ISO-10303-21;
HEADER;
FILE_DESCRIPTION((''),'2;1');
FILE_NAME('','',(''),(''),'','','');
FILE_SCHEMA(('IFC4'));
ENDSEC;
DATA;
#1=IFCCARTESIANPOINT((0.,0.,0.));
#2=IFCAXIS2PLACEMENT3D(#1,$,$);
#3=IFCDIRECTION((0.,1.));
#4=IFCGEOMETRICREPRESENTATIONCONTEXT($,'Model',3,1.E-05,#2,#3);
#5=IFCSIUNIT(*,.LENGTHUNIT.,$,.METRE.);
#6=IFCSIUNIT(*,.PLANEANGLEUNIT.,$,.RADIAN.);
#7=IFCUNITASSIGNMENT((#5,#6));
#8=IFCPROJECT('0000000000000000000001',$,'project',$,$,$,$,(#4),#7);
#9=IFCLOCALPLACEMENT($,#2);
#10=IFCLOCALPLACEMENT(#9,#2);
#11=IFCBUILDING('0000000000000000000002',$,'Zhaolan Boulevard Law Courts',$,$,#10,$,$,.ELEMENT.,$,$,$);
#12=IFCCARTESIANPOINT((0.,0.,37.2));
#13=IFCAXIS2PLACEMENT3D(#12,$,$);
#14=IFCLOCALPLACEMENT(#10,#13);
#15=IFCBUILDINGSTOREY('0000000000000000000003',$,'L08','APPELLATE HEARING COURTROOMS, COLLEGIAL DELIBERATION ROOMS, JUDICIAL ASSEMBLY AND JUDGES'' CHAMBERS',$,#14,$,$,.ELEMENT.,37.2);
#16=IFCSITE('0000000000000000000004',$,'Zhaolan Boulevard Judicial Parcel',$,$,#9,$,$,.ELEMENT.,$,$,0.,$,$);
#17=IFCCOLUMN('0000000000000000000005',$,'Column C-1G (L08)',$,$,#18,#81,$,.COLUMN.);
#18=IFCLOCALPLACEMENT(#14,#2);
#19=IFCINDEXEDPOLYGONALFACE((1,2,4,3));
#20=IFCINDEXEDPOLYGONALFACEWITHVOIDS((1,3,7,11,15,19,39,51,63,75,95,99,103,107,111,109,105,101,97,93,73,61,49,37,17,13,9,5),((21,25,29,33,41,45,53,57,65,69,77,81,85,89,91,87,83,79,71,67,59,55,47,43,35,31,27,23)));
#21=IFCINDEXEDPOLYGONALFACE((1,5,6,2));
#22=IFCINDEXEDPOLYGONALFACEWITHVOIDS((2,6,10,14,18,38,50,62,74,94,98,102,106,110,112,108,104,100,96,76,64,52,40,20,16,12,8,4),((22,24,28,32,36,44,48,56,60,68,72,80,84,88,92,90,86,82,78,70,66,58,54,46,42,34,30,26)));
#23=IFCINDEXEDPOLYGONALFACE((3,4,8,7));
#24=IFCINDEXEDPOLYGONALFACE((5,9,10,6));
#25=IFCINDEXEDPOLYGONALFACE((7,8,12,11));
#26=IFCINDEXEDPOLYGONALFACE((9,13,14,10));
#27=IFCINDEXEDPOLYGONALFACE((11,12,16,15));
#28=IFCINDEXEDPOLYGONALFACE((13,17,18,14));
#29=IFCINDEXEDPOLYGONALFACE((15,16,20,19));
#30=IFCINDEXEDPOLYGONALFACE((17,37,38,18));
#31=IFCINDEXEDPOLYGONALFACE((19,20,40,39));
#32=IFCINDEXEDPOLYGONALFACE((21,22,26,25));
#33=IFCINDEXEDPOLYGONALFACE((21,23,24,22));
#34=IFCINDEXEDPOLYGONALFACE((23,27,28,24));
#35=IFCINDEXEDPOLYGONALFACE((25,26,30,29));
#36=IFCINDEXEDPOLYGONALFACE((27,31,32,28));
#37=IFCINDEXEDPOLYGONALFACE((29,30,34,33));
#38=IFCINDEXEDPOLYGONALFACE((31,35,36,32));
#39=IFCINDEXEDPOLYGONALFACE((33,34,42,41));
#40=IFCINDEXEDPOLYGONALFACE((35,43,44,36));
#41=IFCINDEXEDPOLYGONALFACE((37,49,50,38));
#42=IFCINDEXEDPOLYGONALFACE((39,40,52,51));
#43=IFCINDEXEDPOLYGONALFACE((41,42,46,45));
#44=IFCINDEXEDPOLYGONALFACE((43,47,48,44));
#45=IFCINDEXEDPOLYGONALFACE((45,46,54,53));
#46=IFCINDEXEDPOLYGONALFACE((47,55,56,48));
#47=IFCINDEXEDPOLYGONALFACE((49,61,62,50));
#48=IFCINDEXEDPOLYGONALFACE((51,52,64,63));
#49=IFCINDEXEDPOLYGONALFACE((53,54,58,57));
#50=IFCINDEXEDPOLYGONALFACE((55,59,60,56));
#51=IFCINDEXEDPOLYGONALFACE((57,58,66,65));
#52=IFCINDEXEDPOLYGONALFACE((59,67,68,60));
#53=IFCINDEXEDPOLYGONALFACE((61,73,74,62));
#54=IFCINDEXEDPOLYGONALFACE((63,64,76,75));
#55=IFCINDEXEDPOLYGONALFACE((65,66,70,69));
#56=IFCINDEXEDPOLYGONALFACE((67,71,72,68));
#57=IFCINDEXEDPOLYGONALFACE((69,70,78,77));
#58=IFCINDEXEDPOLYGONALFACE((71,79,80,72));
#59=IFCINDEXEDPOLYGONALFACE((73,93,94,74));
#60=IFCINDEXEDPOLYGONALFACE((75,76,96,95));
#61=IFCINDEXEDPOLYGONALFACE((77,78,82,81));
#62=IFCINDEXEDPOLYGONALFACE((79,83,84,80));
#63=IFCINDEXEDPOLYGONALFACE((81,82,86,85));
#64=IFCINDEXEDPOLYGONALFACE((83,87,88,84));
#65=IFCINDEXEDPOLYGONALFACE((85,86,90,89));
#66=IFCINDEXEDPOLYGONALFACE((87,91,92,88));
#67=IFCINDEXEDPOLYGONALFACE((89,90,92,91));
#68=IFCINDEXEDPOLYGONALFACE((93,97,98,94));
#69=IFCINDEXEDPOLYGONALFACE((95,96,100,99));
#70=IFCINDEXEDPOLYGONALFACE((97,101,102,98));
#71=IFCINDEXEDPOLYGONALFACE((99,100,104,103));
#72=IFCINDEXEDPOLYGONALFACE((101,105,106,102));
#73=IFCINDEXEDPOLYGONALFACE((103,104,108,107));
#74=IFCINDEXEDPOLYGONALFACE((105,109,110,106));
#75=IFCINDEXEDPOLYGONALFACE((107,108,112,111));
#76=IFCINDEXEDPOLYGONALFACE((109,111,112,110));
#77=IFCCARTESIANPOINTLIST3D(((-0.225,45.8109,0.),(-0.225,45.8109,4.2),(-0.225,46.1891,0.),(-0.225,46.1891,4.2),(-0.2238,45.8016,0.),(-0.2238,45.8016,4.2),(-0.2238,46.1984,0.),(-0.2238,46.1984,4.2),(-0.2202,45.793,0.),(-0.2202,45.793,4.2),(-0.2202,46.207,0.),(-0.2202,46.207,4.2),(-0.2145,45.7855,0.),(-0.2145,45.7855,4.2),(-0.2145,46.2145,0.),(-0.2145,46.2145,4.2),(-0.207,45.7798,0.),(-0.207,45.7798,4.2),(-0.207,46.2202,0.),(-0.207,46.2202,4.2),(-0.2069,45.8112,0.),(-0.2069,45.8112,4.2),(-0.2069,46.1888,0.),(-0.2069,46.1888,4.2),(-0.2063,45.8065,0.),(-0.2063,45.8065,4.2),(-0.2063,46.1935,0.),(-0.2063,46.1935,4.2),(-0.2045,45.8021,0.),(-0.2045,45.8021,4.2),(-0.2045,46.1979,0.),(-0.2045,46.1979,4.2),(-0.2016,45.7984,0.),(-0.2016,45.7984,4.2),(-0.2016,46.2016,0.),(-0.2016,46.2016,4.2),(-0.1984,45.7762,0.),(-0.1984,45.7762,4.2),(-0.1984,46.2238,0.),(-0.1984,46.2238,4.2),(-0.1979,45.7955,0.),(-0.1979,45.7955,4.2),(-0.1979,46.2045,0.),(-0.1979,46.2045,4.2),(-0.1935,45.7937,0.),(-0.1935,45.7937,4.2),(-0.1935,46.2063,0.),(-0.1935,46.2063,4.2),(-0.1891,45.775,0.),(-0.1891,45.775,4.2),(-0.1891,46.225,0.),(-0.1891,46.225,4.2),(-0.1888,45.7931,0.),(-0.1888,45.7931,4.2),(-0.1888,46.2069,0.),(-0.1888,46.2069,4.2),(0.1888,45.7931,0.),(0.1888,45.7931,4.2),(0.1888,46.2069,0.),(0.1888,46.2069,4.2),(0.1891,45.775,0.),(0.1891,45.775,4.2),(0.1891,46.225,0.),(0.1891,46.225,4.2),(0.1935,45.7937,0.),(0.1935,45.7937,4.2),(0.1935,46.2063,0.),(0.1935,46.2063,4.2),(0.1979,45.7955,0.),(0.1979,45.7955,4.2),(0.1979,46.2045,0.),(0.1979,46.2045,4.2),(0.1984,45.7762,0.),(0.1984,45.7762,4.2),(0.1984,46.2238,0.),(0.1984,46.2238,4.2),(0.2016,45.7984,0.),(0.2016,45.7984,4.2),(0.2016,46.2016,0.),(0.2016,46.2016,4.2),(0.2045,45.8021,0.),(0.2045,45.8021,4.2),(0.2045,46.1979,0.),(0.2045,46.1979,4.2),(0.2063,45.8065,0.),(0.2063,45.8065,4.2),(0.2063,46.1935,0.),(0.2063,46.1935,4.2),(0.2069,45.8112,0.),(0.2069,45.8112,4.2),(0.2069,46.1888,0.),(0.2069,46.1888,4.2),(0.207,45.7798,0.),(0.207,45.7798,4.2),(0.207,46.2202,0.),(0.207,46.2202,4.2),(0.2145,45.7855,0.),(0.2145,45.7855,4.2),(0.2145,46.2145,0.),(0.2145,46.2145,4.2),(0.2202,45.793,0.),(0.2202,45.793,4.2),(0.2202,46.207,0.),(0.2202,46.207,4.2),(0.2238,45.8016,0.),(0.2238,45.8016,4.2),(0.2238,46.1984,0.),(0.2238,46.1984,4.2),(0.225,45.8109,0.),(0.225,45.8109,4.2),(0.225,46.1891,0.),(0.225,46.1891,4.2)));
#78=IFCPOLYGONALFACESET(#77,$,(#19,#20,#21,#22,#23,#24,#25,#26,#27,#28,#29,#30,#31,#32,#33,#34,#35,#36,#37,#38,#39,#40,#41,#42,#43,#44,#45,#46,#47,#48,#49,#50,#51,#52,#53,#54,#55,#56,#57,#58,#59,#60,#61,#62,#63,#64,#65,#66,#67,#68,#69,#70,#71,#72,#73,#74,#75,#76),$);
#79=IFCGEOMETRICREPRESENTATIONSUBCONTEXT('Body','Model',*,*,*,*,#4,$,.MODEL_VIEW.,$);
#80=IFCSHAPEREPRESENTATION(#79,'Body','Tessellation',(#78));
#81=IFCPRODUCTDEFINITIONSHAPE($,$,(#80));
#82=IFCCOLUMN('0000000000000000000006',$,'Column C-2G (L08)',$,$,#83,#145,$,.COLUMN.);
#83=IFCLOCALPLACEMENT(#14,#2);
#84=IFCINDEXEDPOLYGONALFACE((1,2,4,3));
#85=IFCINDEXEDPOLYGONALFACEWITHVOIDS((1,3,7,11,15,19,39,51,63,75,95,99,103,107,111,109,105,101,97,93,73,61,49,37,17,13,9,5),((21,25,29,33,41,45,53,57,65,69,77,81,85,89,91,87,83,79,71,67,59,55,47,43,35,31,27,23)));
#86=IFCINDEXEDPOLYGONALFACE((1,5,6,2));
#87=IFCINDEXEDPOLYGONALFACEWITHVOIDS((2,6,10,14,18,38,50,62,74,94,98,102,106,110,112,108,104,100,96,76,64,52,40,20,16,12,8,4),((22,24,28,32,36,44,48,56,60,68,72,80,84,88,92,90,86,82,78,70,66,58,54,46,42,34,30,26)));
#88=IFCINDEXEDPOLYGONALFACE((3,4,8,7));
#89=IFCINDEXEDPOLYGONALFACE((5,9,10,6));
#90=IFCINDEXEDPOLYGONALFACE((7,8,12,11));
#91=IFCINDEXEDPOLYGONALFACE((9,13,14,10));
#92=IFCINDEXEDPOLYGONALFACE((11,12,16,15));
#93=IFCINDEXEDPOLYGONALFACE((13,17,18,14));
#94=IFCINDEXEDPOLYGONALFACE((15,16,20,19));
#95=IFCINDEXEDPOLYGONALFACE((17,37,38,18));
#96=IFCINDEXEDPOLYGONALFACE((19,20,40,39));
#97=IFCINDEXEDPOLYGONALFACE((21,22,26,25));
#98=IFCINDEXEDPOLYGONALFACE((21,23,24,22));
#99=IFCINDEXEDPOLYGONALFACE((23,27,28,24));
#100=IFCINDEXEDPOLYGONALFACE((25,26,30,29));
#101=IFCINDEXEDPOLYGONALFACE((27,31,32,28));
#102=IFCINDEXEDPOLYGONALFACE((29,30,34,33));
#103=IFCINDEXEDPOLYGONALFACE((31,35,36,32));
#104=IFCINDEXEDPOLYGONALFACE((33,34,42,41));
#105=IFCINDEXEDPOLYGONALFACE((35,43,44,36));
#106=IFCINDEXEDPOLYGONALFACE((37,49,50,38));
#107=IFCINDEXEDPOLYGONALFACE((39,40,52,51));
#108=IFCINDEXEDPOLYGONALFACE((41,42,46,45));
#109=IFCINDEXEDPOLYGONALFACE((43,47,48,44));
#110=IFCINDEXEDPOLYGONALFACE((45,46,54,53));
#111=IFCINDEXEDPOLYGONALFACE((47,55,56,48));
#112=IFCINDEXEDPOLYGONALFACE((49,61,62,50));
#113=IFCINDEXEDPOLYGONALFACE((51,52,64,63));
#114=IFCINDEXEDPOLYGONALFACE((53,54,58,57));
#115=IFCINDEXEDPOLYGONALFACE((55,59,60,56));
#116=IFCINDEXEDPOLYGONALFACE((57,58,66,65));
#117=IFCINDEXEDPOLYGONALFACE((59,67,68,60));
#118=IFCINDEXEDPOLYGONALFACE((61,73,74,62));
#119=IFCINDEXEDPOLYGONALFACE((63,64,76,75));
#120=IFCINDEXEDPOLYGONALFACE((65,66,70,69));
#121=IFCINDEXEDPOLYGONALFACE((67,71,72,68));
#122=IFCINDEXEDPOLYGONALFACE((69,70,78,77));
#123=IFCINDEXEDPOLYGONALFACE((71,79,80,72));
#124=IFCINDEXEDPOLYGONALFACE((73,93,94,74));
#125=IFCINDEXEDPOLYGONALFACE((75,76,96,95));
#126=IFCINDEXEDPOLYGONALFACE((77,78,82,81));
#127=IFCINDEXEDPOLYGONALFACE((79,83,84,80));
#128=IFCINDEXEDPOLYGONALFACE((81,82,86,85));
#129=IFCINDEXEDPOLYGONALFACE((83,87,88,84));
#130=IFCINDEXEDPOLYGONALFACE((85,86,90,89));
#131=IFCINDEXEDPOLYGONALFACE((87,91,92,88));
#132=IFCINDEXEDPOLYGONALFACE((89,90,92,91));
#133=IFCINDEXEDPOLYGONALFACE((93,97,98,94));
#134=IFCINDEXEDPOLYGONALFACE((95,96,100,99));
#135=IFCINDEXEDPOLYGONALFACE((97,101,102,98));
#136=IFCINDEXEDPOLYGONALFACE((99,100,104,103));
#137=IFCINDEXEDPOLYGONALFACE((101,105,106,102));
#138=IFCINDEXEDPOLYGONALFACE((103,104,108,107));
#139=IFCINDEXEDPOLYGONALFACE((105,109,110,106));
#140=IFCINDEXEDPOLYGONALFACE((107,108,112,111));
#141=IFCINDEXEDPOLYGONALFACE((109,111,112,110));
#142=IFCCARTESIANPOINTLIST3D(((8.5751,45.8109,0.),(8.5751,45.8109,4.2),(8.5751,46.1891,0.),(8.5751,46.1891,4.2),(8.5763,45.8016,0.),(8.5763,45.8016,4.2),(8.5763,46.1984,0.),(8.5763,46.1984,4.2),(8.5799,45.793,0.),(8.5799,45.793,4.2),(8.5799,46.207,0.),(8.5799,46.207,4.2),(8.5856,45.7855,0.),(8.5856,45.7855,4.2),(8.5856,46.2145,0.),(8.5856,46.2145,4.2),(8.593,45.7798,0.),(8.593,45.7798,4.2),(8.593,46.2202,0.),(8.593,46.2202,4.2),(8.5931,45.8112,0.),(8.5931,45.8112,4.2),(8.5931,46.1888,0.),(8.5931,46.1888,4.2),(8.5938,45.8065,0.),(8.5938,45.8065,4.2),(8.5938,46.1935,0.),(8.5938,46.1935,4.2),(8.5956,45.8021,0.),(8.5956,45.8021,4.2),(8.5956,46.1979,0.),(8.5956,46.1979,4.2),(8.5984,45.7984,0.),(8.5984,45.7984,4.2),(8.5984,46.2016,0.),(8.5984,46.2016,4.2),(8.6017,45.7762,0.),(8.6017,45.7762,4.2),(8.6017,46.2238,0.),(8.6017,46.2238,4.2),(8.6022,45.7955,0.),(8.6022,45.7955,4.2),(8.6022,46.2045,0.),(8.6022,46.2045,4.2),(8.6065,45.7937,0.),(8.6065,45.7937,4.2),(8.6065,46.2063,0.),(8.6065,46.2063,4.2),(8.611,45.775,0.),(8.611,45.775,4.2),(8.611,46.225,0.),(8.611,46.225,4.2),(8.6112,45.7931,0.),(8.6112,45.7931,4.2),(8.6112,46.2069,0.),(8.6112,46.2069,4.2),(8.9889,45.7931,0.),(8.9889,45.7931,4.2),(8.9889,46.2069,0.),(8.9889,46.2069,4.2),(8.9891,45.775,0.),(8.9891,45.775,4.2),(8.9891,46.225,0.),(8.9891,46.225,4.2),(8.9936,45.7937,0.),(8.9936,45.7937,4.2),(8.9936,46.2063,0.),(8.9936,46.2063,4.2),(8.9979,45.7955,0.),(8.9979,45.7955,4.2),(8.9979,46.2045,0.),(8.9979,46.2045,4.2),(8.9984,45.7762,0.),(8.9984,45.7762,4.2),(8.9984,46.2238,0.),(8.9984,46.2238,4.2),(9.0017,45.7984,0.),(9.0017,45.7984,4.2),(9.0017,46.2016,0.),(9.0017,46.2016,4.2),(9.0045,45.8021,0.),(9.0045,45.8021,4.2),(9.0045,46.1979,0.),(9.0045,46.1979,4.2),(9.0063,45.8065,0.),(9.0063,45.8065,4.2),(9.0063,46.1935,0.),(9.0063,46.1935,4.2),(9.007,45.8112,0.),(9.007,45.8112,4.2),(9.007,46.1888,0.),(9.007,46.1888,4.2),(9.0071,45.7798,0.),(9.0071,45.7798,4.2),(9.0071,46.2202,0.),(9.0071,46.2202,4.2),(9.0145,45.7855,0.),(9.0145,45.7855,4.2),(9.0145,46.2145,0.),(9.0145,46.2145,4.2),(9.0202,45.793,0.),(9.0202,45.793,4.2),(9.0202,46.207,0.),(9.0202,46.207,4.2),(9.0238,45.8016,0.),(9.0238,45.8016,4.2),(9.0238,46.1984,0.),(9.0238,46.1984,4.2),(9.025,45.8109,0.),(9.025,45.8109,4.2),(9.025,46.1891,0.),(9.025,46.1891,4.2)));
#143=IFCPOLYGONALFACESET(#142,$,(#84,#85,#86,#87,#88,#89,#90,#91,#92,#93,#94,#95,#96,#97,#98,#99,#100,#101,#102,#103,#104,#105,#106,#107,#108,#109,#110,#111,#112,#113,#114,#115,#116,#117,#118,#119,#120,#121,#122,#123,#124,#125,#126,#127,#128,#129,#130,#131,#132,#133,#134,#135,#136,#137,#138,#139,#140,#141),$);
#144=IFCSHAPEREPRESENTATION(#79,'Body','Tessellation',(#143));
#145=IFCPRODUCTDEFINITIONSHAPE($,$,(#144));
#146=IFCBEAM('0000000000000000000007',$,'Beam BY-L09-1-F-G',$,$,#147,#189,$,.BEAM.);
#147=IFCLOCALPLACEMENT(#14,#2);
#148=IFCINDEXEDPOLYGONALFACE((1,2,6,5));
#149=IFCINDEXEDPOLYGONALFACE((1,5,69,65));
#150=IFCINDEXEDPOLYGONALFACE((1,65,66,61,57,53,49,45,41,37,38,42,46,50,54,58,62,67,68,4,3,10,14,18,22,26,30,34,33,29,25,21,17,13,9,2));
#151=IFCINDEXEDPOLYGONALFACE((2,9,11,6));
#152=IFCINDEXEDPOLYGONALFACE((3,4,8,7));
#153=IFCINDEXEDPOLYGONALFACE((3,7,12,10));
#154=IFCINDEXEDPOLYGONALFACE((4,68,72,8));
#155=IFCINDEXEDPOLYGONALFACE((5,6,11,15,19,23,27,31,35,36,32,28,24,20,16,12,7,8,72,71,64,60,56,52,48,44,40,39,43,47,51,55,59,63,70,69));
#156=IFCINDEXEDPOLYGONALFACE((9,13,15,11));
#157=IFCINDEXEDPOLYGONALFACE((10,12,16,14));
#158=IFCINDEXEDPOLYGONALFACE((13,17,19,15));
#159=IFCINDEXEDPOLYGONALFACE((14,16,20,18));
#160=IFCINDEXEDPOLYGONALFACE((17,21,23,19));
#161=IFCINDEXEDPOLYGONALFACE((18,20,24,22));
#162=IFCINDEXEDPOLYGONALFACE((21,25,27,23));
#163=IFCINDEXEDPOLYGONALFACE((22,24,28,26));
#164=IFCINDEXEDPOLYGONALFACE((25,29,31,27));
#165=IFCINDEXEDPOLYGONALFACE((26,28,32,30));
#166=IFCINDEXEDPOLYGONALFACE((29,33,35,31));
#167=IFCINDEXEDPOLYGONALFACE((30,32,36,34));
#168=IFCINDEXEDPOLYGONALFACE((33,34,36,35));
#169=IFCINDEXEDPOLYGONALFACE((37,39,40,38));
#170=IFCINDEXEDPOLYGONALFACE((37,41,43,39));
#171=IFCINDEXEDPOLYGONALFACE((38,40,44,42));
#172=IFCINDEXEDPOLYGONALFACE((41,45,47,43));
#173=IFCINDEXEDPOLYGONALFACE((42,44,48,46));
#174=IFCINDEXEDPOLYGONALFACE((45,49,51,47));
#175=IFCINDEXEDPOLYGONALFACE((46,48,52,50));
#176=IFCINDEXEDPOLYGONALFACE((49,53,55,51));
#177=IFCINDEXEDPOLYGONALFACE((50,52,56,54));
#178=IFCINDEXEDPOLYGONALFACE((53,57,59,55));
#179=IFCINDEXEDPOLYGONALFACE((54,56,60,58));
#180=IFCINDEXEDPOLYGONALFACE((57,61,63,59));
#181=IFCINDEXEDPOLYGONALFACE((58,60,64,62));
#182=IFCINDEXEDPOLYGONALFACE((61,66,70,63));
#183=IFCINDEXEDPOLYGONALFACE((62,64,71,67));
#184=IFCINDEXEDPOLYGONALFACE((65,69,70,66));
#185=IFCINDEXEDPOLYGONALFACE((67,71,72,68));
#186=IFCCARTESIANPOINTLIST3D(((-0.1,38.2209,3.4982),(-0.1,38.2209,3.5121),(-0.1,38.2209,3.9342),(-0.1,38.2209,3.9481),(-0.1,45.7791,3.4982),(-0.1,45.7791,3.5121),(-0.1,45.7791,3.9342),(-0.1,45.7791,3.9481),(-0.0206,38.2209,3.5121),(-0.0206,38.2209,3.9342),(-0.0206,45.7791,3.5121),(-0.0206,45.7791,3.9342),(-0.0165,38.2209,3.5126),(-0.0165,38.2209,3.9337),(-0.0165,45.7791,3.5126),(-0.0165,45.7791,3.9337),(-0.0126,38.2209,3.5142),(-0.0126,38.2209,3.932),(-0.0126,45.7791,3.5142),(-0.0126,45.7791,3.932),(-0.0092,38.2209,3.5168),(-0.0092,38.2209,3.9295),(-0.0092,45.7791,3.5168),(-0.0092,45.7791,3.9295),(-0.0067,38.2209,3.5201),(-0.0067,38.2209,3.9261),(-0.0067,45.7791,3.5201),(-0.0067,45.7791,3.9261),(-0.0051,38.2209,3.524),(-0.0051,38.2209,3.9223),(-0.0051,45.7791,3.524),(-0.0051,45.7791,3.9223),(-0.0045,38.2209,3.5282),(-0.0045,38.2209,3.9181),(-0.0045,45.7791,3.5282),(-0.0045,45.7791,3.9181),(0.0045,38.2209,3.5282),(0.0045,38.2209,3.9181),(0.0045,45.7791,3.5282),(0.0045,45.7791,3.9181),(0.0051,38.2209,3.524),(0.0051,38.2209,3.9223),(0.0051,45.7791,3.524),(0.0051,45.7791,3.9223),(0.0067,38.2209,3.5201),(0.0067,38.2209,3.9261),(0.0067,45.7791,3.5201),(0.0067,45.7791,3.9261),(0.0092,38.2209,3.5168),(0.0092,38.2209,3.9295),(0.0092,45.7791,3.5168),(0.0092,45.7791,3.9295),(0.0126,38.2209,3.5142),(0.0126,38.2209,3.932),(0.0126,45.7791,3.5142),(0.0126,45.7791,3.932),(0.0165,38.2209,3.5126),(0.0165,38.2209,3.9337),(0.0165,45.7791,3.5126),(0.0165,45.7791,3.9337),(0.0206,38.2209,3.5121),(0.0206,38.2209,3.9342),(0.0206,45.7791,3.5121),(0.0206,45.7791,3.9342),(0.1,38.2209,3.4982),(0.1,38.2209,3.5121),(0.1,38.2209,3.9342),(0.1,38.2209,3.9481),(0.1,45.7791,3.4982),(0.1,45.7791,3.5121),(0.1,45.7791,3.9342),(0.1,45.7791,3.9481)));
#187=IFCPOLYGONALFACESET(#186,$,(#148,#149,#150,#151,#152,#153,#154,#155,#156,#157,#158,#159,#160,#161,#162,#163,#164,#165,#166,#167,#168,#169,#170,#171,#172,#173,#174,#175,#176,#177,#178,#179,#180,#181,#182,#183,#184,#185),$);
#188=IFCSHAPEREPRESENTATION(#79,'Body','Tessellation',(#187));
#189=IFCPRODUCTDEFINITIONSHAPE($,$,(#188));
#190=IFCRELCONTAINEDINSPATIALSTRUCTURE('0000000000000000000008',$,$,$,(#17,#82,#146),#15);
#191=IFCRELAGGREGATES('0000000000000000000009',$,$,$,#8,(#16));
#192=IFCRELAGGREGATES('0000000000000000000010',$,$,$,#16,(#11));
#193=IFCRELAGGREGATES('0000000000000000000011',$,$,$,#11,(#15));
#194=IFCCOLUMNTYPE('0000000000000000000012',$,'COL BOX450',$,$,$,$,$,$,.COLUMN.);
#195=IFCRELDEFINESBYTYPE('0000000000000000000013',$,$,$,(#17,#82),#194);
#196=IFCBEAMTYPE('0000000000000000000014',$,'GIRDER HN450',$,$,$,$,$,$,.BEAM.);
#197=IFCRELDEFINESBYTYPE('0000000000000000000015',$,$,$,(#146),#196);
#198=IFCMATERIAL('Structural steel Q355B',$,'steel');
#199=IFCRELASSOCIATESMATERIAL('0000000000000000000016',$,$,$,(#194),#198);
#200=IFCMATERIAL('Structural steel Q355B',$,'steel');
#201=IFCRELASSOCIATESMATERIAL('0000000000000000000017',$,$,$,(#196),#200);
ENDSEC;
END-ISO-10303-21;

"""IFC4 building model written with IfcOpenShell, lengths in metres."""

from ifc_helpers import new_model, si_unit, direction, frame, origin, origin_2d, place, context, subcontext, project, spatial, hollow_rectangle, i_section, extrude, material, material_profile, profile_set, type_object, element, save


model = new_model("IFC4")

# Units and contexts
model_context = context("Model", 3, precision=1e-05, world=origin(), true_north=direction((0.0, 1.0)))
body_context = subcontext(model_context, "Body", "Model", "MODEL_VIEW")
ifc_project = project(units=[si_unit("LENGTHUNIT", "METRE"), si_unit("PLANEANGLEUNIT", "RADIAN")], contexts=[model_context])

# Site, building, storey
site_placement = place(None, origin())
site = spatial("IfcSite", under=ifc_project, at=site_placement, Name="Zhaolan Boulevard Judicial Parcel", CompositionType="ELEMENT", RefElevation=0.0)
building_placement = place(site_placement, origin())
building = spatial("IfcBuilding", under=site, at=building_placement, Name="Zhaolan Boulevard Law Courts", CompositionType="ELEMENT")
storey_placement = place(building_placement, frame((0.0, 0.0, 37.2)))
storey = spatial("IfcBuildingStorey", under=building, at=storey_placement, Name="L08", Description="APPELLATE HEARING COURTROOMS, COLLEGIAL DELIBERATION ROOMS, JUDICIAL ASSEMBLY AND JUDGES' CHAMBERS", CompositionType="ELEMENT", Elevation=37.2)

# Columns
ifc_material_1 = material(Name="Structural steel Q355B", Category="steel")
ifc_material_profile_1 = material_profile(ifc_material_1, hollow_rectangle(XDim=0.45, YDim=0.45, WallThickness=0.0181, InnerFilletRadius=0.0181, OuterFilletRadius=0.0359, at=origin_2d()), Name="BOX450x450x18")
ifc_profile_set_1 = profile_set([ifc_material_profile_1], Name="Structural steel Q355B")
column_type = type_object("IfcColumnType", Name="COL BOX450", PredefinedType="COLUMN", material=ifc_profile_set_1)
for number, where, z_axis, x_axis, name in (
    (1, (0.0, 46.0, 0.0), (0.0, 0.0, 1.0), (1.0, 0.0, 0.0), "Column C-1G (L08)"),
    (2, (8.8, 46.0, 0.0), (0.0, 0.0, 1.0), (1.0, 0.0, 0.0), "Column C-2G (L08)"),
):
    element("IfcColumn", number, at=place(storey_placement, frame(where, z_axis=z_axis, x_axis=x_axis)), inside=storey, type_object=column_type, Name=name, PredefinedType="COLUMN", context=body_context, shape_type="SweptSolid", body=[
        extrude(hollow_rectangle(XDim=0.45, YDim=0.45, WallThickness=0.0181, InnerFilletRadius=0.0181, OuterFilletRadius=0.0359, at=origin_2d()), origin(), (0.0, 0.0, 1.0), 4.2),
    ])

# Beam
ifc_material_2 = material(Name="Structural steel Q355B", Category="steel")
ifc_material_profile_2 = material_profile(ifc_material_2, i_section(OverallWidth=0.2, OverallDepth=0.45, WebThickness=0.009, FlangeThickness=0.0139, FilletRadius=0.0161, at=origin_2d()), Name="HN450x200")
ifc_profile_set_2 = profile_set([ifc_material_profile_2], Name="Structural steel Q355B")
beam_type_1 = type_object("IfcBeamType", Name="GIRDER HN450", PredefinedType="BEAM", material=ifc_profile_set_2)
for number, where, z_axis, x_axis, name in (
    (3, (0.0, 38.2209, 3.7231), (0.0, 1.0, 0.0), (-1.0, 0.0, 0.0), "Beam BY-L09-1-F-G"),
):
    element("IfcBeam", number, at=place(storey_placement, frame(where, z_axis=z_axis, x_axis=x_axis)), inside=storey, type_object=beam_type_1, Name=name, PredefinedType="BEAM", context=body_context, shape_type="SweptSolid", body=[
        extrude(i_section(OverallWidth=0.2, OverallDepth=0.45, WebThickness=0.009, FlangeThickness=0.0139, FilletRadius=0.0161, at=origin_2d()), origin(), (0.0, 0.0, 1.0), 7.5581),
    ])

save(model, "model.ifc")
